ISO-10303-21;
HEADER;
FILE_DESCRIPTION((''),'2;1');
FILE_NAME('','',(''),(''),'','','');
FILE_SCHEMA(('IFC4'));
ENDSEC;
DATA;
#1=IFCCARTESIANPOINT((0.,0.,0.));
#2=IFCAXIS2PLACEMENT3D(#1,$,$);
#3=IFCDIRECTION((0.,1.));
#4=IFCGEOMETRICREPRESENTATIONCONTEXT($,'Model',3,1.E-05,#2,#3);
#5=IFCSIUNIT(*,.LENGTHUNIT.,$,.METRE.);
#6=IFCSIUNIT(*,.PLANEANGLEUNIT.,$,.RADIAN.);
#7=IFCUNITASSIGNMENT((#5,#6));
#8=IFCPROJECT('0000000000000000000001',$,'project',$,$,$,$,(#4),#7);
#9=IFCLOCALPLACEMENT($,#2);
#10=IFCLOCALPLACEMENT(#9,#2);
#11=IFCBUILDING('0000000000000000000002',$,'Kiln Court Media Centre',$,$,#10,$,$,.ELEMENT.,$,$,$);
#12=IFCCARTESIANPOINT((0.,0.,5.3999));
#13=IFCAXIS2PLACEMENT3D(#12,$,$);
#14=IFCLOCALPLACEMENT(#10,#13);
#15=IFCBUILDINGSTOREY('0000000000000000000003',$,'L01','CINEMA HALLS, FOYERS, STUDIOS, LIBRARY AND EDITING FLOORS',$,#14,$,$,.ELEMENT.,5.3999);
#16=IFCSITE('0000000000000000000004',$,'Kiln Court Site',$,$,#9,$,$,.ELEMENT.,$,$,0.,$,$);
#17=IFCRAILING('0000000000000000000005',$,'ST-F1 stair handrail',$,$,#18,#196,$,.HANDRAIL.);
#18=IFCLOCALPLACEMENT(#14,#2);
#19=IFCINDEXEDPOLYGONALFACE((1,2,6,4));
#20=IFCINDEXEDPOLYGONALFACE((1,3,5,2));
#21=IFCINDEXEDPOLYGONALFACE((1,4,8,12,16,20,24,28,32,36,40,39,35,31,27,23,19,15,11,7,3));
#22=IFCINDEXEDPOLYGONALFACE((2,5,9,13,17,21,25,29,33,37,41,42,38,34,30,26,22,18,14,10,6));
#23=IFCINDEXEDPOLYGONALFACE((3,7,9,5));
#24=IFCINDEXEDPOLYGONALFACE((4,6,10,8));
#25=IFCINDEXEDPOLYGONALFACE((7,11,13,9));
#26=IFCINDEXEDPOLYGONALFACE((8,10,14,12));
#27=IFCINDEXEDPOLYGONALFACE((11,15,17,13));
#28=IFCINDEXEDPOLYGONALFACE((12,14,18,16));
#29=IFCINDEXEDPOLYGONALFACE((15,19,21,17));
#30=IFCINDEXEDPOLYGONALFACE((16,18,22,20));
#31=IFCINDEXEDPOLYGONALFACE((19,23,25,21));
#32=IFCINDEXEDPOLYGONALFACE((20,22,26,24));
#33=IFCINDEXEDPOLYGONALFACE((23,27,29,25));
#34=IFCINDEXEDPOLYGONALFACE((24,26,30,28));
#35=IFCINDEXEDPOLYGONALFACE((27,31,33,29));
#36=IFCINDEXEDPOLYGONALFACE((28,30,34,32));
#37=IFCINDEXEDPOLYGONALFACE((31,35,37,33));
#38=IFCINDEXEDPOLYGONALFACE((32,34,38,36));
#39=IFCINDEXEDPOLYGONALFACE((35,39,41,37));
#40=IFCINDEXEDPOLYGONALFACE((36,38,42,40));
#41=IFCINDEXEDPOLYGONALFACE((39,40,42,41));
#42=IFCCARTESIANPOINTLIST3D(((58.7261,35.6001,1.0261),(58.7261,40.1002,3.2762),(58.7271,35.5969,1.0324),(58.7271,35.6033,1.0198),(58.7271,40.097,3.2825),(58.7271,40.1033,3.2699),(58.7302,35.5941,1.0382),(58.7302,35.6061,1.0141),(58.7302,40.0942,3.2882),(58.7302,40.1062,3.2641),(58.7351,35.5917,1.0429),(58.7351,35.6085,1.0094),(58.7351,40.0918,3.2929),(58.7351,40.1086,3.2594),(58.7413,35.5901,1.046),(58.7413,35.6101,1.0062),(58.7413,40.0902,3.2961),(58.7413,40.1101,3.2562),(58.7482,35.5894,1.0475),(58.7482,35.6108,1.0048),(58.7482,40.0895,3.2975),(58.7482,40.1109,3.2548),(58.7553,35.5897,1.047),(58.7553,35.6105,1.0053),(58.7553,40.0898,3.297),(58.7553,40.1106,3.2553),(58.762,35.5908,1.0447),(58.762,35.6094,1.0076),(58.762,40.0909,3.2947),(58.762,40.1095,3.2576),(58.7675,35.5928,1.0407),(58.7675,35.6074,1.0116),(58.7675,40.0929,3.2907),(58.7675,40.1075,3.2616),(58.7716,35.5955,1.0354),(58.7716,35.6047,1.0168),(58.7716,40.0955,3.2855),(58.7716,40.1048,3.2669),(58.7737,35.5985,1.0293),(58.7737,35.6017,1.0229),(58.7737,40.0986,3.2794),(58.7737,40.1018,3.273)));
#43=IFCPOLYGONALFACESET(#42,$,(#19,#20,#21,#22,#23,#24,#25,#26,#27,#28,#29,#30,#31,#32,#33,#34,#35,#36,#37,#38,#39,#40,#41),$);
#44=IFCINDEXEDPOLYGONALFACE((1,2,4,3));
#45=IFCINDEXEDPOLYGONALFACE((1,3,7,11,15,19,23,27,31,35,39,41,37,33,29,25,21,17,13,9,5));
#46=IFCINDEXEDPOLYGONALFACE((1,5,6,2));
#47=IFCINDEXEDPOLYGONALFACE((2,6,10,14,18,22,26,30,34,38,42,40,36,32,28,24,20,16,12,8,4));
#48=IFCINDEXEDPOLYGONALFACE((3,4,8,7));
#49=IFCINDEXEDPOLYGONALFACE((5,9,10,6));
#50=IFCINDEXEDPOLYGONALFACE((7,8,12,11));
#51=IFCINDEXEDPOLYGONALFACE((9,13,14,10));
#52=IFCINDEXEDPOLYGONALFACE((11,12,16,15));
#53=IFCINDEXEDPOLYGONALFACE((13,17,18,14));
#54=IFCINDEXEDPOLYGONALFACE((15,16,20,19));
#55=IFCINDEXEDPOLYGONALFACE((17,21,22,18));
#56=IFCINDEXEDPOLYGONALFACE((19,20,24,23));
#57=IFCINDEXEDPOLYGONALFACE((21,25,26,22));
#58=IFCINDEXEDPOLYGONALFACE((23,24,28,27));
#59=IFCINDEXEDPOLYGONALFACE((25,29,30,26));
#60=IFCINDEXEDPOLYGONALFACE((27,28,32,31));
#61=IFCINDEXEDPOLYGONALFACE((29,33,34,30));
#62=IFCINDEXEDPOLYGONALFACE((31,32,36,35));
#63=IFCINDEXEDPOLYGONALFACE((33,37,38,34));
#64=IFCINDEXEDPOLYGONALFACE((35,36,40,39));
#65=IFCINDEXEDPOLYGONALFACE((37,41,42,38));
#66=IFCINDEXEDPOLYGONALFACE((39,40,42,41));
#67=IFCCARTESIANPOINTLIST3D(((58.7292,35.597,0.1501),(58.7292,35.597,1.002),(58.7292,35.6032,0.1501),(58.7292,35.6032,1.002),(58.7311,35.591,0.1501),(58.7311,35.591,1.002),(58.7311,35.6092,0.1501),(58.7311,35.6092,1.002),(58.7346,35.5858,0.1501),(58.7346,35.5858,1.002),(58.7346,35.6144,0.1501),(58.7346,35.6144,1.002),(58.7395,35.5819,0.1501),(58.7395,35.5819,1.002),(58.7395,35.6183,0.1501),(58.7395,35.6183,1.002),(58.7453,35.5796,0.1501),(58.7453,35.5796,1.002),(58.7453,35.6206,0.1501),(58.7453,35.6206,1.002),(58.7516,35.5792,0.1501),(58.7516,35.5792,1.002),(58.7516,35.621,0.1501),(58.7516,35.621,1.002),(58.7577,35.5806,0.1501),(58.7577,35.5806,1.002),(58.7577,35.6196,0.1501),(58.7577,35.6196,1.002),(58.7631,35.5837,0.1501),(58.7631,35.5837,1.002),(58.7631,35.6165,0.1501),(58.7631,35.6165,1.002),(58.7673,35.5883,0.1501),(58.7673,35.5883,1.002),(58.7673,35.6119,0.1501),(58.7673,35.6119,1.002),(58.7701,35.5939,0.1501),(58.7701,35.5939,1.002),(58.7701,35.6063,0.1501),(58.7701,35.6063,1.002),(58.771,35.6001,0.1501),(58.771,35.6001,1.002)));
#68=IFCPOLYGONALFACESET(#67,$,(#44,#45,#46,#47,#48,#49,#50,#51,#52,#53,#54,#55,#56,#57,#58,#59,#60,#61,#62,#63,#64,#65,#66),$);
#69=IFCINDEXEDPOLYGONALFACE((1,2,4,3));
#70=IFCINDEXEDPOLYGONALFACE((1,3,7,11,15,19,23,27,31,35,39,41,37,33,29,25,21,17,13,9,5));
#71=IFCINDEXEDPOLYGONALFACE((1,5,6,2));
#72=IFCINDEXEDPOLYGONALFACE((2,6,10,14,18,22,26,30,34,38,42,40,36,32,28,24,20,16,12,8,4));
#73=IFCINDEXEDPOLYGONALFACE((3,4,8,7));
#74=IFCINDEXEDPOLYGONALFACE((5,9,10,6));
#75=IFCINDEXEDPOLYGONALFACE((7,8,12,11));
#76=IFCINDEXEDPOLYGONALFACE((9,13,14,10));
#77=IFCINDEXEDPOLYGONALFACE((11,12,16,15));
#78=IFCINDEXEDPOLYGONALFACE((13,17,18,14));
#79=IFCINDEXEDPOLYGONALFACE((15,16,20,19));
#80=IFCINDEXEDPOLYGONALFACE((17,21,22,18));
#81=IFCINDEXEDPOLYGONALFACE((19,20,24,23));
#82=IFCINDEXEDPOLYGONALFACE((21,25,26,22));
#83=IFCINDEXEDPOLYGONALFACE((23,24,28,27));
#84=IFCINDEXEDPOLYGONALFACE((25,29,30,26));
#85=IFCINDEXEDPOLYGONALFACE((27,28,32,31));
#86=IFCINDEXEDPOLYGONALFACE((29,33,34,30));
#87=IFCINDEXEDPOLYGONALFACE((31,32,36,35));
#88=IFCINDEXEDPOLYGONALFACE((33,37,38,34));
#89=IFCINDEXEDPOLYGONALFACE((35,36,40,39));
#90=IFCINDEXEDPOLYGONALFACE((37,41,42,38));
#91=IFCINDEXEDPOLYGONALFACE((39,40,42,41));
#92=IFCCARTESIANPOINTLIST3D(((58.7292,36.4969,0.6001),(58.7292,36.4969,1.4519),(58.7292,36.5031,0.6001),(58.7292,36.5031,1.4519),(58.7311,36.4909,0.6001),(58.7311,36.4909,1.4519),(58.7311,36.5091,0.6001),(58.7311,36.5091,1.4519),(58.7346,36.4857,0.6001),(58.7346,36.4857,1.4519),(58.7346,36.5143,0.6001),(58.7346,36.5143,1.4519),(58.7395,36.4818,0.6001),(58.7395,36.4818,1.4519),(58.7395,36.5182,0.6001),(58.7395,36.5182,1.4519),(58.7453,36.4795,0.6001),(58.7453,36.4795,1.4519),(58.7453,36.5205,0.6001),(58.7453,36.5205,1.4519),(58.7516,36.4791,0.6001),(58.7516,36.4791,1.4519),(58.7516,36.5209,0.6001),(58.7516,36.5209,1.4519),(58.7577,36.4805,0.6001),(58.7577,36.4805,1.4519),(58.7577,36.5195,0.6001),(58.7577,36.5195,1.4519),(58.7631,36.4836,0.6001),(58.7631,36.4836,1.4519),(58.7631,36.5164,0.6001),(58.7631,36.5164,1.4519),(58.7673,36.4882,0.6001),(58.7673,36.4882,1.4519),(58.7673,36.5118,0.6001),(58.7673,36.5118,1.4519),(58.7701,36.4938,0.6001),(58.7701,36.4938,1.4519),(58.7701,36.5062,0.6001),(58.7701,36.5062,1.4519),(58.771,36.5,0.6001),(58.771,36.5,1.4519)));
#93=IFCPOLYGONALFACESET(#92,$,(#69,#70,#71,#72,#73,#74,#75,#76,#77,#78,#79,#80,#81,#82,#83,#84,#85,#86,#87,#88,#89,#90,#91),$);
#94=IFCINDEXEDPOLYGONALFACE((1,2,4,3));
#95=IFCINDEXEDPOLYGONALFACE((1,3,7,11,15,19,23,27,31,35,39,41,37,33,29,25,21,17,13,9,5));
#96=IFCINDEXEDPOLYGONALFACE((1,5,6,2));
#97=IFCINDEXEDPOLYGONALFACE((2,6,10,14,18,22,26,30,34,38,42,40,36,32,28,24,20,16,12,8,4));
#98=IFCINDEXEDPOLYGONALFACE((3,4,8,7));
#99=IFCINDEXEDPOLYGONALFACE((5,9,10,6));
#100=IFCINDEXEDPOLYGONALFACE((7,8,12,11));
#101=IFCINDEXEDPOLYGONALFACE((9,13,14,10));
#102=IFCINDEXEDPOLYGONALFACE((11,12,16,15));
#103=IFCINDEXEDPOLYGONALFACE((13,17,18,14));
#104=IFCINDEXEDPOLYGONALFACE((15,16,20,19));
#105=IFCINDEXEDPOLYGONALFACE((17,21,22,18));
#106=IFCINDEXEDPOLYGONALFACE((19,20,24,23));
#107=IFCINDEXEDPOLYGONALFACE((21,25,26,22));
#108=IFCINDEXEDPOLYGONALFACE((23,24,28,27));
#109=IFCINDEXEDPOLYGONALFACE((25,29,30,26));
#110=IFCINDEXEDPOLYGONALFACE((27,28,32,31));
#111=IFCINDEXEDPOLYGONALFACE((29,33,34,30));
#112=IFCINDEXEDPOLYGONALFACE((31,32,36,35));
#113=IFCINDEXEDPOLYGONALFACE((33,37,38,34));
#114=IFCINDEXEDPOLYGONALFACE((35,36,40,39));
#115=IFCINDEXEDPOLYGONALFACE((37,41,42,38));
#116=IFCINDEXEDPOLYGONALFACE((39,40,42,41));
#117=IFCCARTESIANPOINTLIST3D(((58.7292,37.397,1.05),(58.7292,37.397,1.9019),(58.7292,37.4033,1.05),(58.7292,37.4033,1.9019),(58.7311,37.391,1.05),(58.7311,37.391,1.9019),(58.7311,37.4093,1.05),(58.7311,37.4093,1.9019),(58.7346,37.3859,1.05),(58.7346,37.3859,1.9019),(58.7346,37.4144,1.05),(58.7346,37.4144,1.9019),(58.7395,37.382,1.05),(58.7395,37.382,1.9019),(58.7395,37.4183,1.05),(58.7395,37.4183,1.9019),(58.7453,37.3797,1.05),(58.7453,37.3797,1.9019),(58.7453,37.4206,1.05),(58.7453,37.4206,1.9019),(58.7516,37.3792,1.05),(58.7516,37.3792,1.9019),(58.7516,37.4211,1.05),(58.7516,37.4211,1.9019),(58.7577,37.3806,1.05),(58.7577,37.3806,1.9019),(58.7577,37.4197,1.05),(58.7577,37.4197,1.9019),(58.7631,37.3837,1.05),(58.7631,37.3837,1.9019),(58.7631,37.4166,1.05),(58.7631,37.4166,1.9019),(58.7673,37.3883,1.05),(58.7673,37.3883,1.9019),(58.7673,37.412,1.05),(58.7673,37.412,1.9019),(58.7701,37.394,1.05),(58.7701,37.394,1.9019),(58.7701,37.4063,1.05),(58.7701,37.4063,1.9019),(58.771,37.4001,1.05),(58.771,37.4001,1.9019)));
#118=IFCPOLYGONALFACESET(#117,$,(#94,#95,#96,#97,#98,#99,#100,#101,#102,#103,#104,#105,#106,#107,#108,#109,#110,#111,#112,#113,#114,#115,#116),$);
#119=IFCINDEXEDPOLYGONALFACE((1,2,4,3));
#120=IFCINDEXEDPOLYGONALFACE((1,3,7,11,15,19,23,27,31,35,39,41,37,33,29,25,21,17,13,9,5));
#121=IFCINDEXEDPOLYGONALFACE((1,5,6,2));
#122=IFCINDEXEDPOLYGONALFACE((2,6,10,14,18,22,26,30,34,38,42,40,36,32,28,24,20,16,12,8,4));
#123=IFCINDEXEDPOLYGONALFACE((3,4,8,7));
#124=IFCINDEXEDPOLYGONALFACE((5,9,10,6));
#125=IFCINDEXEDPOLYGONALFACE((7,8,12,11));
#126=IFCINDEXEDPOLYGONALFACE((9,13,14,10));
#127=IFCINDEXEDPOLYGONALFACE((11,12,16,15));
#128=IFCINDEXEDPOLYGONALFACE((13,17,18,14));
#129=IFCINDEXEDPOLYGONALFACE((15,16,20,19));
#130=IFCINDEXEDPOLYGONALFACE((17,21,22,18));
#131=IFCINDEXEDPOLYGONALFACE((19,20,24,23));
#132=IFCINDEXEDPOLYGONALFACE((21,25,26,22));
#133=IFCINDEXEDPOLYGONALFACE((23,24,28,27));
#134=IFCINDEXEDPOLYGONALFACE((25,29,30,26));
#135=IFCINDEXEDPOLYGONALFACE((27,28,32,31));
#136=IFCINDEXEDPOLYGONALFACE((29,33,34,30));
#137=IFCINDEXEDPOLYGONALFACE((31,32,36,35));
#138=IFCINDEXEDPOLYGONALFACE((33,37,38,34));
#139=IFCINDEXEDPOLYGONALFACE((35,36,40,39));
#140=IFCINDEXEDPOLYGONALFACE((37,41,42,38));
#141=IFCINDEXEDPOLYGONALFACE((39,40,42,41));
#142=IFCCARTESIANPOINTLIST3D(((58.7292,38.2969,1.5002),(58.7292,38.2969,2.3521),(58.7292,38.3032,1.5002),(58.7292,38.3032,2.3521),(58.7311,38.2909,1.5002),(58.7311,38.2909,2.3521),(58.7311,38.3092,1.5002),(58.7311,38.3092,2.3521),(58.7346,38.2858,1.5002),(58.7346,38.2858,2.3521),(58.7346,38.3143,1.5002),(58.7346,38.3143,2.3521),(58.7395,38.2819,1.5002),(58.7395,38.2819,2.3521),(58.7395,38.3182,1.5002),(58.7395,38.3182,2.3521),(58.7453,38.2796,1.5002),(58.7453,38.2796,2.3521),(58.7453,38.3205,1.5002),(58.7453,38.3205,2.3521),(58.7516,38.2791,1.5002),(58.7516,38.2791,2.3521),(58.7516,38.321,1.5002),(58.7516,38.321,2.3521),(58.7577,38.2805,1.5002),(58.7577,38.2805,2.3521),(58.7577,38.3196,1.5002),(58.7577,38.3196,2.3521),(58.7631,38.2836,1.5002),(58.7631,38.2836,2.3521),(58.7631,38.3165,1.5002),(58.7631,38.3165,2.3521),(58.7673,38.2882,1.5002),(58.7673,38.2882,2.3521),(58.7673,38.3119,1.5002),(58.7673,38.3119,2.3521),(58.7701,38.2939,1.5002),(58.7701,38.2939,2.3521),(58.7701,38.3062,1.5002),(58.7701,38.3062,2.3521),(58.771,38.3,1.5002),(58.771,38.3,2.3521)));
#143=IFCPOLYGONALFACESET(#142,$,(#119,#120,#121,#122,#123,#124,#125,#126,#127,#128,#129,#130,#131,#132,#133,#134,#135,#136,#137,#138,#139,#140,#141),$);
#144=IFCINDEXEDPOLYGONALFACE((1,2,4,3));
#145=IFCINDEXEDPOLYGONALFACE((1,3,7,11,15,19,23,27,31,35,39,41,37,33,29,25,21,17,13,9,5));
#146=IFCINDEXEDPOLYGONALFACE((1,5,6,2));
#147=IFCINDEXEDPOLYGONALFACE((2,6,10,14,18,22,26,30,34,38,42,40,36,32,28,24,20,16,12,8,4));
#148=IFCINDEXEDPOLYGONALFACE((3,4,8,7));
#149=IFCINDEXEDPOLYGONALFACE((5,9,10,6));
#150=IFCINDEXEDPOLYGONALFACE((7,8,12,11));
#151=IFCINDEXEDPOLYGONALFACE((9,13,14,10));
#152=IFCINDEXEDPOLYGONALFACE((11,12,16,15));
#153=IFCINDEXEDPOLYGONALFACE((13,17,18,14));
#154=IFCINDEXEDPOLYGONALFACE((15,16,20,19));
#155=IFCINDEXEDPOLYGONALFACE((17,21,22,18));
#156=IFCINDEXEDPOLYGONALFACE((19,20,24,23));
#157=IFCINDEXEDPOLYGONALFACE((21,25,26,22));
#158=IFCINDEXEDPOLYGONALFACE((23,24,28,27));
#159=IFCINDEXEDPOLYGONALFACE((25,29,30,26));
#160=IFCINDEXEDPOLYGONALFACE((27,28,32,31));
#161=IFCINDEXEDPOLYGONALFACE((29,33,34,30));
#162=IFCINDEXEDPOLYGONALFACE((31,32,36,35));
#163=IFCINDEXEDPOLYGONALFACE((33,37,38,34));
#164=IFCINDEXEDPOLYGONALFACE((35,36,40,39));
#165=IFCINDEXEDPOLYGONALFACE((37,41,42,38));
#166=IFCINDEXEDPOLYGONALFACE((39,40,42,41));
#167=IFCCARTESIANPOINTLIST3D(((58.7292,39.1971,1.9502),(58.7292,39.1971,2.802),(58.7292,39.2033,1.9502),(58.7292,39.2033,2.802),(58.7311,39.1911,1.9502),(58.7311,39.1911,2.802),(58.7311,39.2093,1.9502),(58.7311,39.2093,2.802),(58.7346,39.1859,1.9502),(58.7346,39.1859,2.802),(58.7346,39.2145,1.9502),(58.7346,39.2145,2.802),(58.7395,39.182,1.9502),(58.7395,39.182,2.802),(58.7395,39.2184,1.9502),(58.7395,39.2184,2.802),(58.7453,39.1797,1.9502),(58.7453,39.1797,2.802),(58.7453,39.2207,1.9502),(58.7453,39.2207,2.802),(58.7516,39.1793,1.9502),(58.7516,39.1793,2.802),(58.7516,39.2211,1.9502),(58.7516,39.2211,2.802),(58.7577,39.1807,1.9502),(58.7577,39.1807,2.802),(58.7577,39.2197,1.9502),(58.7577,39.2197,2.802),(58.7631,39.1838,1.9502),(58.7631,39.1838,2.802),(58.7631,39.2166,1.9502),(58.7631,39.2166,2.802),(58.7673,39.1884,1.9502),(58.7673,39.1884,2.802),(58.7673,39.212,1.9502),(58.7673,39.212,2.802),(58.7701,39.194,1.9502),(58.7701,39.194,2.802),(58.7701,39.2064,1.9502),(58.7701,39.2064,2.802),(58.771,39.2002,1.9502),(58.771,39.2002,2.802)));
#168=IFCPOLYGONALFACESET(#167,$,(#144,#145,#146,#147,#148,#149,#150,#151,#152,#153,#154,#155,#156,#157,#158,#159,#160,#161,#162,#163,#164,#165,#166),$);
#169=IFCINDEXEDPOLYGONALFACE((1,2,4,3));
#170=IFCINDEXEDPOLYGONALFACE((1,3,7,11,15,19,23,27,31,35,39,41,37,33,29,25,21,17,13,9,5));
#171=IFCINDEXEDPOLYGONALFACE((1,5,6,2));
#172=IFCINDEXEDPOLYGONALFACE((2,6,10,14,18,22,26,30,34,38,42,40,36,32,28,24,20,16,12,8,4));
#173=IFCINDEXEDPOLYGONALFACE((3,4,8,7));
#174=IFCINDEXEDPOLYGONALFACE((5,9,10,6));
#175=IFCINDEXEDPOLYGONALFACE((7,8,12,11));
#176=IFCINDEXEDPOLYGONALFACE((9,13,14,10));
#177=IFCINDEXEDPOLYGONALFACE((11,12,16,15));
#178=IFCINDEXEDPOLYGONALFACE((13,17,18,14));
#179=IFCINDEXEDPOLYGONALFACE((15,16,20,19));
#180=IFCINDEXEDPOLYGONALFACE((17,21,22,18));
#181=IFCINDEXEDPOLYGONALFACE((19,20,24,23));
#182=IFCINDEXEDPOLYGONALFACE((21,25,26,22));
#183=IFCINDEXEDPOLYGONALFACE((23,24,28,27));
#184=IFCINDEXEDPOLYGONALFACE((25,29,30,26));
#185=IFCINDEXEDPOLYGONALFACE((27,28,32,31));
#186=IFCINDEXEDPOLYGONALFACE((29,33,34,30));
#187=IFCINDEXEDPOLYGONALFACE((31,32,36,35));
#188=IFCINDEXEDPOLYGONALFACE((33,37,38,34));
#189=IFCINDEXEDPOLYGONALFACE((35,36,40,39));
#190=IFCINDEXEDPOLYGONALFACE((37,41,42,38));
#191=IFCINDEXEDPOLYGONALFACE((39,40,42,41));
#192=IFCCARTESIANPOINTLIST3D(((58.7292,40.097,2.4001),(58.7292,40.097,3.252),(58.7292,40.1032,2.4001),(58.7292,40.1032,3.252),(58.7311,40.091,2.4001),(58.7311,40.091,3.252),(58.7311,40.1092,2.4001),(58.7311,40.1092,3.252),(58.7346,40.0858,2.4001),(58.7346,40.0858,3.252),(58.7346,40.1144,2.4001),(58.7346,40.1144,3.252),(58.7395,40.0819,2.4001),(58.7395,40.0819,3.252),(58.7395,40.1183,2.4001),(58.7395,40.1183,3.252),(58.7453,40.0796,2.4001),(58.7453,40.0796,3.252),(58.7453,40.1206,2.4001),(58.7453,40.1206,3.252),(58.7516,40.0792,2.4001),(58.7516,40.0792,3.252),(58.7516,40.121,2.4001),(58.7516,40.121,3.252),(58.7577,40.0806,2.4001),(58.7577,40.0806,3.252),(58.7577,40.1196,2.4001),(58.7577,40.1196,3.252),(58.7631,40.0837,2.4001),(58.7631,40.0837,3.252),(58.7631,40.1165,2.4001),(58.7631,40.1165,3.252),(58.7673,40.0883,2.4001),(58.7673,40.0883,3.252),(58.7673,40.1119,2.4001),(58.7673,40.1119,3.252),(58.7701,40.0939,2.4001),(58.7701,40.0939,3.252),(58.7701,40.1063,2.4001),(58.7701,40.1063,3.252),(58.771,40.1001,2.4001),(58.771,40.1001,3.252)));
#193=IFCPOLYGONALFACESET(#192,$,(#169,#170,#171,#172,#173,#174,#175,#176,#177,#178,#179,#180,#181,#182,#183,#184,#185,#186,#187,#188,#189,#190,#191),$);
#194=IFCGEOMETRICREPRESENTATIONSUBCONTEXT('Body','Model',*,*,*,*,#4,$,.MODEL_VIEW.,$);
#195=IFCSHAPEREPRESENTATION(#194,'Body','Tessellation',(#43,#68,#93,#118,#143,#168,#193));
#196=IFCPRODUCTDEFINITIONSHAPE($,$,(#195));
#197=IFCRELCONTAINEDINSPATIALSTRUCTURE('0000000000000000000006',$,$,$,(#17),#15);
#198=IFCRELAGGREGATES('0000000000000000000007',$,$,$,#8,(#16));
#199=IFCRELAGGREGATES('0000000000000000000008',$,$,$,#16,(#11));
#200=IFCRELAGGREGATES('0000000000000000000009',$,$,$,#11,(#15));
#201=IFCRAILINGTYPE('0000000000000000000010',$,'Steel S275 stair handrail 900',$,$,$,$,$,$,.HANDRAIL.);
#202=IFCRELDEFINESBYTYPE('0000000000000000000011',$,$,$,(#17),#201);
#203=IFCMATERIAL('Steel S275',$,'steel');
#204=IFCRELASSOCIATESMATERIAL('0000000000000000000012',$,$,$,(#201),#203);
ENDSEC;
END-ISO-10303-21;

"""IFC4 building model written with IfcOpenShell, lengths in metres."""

from ifc_helpers import new_model, si_unit, direction, frame, origin, origin_2d, place, context, subcontext, project, spatial, circle, extrude, material, type_object, element, save


model = new_model("IFC4")

# Units and contexts
model_context = context("Model", 3, precision=1e-05, world=origin(), true_north=direction((0.0, 1.0)))
body_context = subcontext(model_context, "Body", "Model", "MODEL_VIEW")
ifc_project = project(units=[si_unit("LENGTHUNIT", "METRE"), si_unit("PLANEANGLEUNIT", "RADIAN")], contexts=[model_context])

# Site, building, storey
site_placement = place(None, origin())
site = spatial("IfcSite", under=ifc_project, at=site_placement, Name="Kiln Court Site", CompositionType="ELEMENT", RefElevation=0.0)
building_placement = place(site_placement, origin())
building = spatial("IfcBuilding", under=site, at=building_placement, Name="Kiln Court Media Centre", CompositionType="ELEMENT")
storey_placement = place(building_placement, frame((0.0, 0.0, 5.3999)))
storey = spatial("IfcBuildingStorey", under=building, at=storey_placement, Name="L01", Description="CINEMA HALLS, FOYERS, STUDIOS, LIBRARY AND EDITING FLOORS", CompositionType="ELEMENT", Elevation=5.3999)

# Railing
ifc_material_1 = material(Name="Steel S275", Category="steel")
railing_type_1 = type_object("IfcRailingType", Name="Steel S275 stair handrail 900", PredefinedType="HANDRAIL", material=ifc_material_1)
railing_1_placement = place(storey_placement, frame((58.75, 35.6001, 0.1501)))
element("IfcRailing", 1, at=railing_1_placement, inside=storey, type_object=railing_type_1, Name="ST-F1 stair handrail", PredefinedType="HANDRAIL", context=body_context, shape_type="SweptSolid", body=[
    extrude(circle(Radius=0.0239, at=origin_2d()), frame((0.0, 0.0, 0.876), z_axis=(0.0, 0.894427, 0.447214), x_axis=(-1.0, 0.0, 0.0)), (0.0, 0.0, 1.0), 5.0312),
    extrude(circle(Radius=0.021, at=origin_2d()), origin(), (0.0, 0.0, 1.0), 0.8518),
    extrude(circle(Radius=0.021, at=origin_2d()), frame((0.0, 0.8999, 0.45)), (0.0, 0.0, 1.0), 0.8518),
    extrude(circle(Radius=0.021, at=origin_2d()), frame((0.0, 1.8, 0.8999)), (0.0, 0.0, 1.0), 0.8518),
    extrude(circle(Radius=0.021, at=origin_2d()), frame((0.0, 2.7, 1.3501)), (0.0, 0.0, 1.0), 0.8518),
    extrude(circle(Radius=0.021, at=origin_2d()), frame((0.0, 3.6001, 1.8)), (0.0, 0.0, 1.0), 0.8518),
    extrude(circle(Radius=0.021, at=origin_2d()), frame((0.0, 4.5, 2.25)), (0.0, 0.0, 1.0), 0.8518),
])

save(model, "model.ifc")
